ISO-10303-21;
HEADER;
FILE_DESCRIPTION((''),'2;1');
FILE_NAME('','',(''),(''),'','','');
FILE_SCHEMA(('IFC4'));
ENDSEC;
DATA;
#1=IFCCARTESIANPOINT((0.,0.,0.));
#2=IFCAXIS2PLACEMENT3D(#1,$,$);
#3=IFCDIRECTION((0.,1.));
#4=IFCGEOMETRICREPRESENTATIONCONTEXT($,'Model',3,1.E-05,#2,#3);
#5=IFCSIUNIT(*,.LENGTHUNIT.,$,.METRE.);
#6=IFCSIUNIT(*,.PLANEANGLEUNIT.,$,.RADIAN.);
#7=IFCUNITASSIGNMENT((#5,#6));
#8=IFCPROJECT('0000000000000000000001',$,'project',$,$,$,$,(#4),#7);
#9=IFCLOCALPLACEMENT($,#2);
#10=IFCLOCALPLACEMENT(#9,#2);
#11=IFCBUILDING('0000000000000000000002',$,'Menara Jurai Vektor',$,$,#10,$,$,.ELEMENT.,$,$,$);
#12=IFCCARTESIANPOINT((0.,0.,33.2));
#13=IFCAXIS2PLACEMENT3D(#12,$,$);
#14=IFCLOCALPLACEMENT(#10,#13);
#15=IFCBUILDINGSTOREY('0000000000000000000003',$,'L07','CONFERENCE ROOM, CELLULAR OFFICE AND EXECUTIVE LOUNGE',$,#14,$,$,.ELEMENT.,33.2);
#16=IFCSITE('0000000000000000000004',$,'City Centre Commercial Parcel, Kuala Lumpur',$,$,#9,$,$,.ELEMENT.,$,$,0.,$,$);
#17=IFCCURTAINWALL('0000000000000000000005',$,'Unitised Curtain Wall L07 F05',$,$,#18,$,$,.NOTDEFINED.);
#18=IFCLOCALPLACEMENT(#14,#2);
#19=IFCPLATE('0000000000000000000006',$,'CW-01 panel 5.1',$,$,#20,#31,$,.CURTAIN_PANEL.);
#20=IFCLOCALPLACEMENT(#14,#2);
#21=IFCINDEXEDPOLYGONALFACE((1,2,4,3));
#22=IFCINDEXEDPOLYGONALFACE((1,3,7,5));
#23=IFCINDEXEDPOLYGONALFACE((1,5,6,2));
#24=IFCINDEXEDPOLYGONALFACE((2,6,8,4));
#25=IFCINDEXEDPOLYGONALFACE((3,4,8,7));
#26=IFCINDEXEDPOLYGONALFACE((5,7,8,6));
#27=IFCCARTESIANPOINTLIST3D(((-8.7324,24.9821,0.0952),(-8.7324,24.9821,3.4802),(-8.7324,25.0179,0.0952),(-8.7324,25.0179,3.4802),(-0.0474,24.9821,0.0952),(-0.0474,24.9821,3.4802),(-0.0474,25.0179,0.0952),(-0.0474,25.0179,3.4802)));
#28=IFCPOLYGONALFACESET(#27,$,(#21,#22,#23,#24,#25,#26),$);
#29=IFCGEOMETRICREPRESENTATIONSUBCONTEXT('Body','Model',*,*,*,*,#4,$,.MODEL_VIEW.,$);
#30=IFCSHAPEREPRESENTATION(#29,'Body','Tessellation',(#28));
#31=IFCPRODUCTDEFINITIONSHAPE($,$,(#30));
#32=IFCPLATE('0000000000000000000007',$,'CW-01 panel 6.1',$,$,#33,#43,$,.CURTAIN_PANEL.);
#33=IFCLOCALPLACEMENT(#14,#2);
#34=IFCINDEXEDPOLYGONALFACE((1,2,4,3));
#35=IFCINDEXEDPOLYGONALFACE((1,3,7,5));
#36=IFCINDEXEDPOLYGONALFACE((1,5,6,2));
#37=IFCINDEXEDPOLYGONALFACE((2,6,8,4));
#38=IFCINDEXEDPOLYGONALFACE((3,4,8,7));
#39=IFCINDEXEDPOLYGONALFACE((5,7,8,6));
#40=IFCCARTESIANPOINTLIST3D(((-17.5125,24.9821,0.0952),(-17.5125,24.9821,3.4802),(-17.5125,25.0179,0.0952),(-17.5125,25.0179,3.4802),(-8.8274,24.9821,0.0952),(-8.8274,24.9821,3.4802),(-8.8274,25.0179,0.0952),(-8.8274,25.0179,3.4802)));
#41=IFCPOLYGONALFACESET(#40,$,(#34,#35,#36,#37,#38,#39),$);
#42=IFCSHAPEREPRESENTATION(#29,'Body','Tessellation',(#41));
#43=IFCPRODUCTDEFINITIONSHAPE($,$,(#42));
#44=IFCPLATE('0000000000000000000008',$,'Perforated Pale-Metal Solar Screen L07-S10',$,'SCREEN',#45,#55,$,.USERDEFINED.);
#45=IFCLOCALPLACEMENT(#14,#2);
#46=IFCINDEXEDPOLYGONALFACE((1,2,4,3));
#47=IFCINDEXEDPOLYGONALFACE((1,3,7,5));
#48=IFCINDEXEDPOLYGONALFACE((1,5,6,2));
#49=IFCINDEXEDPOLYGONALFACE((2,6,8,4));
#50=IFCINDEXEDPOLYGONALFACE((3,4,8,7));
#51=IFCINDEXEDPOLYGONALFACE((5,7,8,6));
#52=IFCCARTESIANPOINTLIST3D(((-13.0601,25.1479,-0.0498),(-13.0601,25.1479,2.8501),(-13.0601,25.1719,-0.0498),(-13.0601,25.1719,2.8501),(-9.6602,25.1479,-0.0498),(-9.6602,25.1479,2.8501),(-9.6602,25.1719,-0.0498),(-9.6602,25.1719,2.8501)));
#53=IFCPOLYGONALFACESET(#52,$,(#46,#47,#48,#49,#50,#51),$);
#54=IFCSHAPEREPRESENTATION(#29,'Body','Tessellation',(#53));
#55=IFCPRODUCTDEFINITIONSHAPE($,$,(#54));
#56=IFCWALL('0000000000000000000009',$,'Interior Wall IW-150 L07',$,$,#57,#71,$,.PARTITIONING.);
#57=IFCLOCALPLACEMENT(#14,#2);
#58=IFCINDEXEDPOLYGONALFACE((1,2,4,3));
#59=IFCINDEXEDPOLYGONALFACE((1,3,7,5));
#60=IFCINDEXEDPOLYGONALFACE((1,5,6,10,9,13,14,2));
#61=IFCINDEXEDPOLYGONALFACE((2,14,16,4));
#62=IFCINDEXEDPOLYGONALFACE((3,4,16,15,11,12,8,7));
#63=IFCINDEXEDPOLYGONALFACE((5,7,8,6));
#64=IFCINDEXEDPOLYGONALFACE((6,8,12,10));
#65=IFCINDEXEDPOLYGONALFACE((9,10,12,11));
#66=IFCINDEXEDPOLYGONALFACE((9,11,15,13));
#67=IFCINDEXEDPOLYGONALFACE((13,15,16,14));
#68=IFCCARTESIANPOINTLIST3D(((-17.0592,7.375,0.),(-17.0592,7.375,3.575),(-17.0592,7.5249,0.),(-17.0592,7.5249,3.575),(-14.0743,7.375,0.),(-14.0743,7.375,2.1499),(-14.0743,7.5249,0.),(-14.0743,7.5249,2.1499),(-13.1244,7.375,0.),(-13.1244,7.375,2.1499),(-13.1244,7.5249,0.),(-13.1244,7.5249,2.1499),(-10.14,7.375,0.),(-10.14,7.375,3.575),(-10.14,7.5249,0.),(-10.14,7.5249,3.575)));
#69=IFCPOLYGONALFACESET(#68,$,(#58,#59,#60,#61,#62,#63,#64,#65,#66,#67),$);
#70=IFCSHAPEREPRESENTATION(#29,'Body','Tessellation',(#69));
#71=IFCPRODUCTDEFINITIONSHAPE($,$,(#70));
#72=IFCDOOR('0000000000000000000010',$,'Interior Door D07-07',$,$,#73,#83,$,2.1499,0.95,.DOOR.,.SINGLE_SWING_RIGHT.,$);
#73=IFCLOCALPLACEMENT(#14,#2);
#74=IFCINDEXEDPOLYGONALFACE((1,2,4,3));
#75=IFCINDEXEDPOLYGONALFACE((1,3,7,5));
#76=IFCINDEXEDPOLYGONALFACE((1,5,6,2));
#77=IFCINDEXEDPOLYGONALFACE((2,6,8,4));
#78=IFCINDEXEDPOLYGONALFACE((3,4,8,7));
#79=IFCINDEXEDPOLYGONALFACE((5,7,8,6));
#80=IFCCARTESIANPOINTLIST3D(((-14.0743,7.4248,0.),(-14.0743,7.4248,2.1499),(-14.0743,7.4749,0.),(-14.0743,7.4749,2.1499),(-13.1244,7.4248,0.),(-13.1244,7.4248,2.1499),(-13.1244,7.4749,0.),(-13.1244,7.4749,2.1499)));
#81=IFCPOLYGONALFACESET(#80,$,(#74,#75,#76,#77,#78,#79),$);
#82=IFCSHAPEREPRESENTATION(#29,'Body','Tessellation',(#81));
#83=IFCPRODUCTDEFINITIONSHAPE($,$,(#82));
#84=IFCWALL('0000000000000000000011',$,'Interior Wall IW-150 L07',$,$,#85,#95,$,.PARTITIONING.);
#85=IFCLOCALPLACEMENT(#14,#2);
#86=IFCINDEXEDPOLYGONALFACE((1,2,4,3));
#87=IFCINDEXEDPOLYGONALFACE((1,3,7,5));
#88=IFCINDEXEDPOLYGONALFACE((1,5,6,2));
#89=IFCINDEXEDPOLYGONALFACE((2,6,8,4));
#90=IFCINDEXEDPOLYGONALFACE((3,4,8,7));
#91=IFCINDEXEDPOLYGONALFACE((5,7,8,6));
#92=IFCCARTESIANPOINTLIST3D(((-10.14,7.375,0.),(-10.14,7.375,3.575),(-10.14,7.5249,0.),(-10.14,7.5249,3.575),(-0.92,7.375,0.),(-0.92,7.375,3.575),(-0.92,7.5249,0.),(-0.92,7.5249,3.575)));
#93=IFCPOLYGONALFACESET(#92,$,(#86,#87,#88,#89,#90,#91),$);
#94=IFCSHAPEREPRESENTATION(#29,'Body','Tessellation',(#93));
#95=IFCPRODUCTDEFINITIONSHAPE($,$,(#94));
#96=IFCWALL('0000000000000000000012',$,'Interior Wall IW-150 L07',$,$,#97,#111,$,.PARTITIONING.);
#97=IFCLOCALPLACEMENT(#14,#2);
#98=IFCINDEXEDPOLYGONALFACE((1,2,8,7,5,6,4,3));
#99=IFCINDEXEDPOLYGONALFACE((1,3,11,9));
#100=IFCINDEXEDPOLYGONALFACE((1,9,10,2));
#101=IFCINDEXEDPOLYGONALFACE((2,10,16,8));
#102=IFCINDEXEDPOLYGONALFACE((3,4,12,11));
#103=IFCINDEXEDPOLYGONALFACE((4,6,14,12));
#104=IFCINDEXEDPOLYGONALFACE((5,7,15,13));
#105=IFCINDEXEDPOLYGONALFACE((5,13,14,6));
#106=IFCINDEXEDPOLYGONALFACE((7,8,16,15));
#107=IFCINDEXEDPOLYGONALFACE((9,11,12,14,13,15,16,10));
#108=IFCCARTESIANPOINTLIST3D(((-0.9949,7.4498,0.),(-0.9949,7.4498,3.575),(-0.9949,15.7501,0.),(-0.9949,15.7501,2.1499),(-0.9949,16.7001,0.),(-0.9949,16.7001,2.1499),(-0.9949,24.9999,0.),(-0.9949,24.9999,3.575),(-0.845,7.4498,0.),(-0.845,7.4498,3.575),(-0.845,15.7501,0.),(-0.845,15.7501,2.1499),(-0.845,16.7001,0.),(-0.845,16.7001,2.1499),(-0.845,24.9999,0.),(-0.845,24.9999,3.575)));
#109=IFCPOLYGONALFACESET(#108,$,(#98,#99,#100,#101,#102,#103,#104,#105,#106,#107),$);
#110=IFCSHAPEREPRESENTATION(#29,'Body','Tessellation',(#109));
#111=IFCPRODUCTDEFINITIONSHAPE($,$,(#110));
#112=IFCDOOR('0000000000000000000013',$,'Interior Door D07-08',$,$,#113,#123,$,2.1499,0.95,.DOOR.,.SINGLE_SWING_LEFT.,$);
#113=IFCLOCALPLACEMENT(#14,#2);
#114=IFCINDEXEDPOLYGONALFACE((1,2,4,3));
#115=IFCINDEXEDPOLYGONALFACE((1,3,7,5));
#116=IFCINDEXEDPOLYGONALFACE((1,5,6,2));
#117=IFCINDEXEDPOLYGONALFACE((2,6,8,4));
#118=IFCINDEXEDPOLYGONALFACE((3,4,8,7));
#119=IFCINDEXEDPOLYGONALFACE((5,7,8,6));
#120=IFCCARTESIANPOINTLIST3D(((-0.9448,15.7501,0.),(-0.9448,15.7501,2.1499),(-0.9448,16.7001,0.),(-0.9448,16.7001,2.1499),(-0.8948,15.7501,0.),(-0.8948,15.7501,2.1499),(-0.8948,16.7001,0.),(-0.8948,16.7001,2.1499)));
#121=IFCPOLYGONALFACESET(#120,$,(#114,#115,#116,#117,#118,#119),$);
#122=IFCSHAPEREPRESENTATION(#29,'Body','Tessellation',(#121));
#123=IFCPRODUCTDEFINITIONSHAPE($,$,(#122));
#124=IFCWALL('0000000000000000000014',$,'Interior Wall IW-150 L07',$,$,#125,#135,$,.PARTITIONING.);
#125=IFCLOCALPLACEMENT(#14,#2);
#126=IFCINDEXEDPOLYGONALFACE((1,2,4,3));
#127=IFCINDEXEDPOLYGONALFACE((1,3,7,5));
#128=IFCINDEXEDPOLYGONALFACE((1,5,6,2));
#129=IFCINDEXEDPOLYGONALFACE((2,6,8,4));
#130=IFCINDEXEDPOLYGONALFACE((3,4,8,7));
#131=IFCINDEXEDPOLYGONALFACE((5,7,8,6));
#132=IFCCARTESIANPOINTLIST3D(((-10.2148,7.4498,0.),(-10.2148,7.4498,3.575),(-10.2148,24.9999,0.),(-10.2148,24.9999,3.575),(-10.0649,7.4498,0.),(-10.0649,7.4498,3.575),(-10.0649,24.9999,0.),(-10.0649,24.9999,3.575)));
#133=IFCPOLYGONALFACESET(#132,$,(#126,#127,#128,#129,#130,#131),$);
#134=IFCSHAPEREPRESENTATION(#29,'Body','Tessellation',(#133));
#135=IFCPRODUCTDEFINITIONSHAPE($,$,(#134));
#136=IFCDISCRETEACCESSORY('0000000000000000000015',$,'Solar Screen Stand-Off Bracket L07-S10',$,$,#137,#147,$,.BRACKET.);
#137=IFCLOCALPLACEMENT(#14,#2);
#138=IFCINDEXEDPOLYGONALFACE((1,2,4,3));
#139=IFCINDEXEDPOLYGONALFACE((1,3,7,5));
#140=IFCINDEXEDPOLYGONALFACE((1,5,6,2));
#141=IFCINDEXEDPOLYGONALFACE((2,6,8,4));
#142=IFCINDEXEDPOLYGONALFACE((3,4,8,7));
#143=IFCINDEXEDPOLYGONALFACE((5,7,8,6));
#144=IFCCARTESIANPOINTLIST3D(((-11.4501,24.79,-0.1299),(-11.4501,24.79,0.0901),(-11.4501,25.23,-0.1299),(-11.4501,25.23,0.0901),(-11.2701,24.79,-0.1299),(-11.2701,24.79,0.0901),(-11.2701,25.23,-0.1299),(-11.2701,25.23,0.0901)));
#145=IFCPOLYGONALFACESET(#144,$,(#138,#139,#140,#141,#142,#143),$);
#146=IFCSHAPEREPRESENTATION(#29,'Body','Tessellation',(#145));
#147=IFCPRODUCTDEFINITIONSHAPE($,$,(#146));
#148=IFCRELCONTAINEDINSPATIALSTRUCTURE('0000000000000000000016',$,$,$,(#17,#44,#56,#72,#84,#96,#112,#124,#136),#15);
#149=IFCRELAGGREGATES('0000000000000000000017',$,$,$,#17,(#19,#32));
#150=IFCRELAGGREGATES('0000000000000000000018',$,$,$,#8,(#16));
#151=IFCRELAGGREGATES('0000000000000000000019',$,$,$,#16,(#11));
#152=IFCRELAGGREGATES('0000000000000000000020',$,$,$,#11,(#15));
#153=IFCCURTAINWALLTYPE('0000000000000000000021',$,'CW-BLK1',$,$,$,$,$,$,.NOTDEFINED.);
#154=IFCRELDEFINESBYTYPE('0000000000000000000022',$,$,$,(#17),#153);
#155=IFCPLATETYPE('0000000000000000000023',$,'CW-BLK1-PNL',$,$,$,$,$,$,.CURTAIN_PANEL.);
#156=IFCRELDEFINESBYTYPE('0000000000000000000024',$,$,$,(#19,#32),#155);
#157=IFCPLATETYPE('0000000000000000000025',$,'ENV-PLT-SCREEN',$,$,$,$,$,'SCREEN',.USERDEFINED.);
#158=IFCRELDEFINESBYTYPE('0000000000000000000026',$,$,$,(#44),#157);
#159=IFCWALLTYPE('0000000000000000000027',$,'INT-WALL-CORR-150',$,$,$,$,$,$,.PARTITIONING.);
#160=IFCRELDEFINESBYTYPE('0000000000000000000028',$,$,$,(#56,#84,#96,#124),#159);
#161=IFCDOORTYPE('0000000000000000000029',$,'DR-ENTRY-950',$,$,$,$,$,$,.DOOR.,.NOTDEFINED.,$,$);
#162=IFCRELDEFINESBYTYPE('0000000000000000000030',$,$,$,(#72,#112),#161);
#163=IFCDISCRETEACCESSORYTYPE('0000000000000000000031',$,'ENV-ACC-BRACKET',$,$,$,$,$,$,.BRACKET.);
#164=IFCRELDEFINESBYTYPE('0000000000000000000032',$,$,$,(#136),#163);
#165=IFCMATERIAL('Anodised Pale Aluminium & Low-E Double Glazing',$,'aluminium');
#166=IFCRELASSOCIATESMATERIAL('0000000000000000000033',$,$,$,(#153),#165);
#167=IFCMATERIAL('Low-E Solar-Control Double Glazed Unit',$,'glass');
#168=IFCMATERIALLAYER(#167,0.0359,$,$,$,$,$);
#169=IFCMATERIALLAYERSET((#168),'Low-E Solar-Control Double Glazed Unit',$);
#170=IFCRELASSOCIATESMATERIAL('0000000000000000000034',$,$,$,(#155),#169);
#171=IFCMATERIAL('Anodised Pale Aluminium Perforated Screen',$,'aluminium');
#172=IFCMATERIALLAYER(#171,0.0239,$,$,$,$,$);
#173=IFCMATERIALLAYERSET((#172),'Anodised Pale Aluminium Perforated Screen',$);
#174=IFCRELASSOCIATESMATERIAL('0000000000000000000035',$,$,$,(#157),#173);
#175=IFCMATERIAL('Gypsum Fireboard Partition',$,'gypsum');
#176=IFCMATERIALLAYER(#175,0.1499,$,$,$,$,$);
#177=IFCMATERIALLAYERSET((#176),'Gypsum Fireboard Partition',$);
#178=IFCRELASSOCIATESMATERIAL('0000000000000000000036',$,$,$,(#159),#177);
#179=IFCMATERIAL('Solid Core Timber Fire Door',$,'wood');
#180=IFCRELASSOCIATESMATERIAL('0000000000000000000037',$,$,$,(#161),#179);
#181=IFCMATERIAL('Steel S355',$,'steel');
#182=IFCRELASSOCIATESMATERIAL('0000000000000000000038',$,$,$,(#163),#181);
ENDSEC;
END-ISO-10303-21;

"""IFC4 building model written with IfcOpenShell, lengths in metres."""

from ifc_helpers import new_model, si_unit, direction, frame, frame_2d, origin, origin_2d, place, context, subcontext, project, spatial, rectangle, extrude, material, layer, layer_set, type_object, element, fill, aggregate, save


model = new_model("IFC4")

# Units and contexts
model_context = context("Model", 3, precision=1e-05, world=origin(), true_north=direction((0.0, 1.0)))
body_context = subcontext(model_context, "Body", "Model", "MODEL_VIEW")
ifc_project = project(units=[si_unit("LENGTHUNIT", "METRE"), si_unit("PLANEANGLEUNIT", "RADIAN")], contexts=[model_context])

# Site, building, storey
site_placement = place(None, origin())
site = spatial("IfcSite", under=ifc_project, at=site_placement, Name="City Centre Commercial Parcel, Kuala Lumpur", CompositionType="ELEMENT", RefElevation=0.0)
building_placement = place(site_placement, origin())
building = spatial("IfcBuilding", under=site, at=building_placement, Name="Menara Jurai Vektor", CompositionType="ELEMENT")
storey_placement = place(building_placement, frame((0.0, 0.0, 33.2)))
storey = spatial("IfcBuildingStorey", under=building, at=storey_placement, Name="L07", Description="CONFERENCE ROOM, CELLULAR OFFICE AND EXECUTIVE LOUNGE", CompositionType="ELEMENT", Elevation=33.2)

# Curtain wall
ifc_material_1 = material(Name="Anodised Pale Aluminium & Low-E Double Glazing", Category="aluminium")
curtain_wall_type = type_object("IfcCurtainWallType", Name="CW-BLK1", PredefinedType="NOTDEFINED", material=ifc_material_1)
curtain_wall_placement = place(storey_placement, origin())
curtain_wall = element("IfcCurtainWall", 1, at=curtain_wall_placement, inside=storey, type_object=curtain_wall_type, Name="Unitised Curtain Wall L07 F05", PredefinedType="NOTDEFINED")

# Shared definitions
ifc_material_2 = material(Name="Steel S355", Category="steel")

# Plates
ifc_material_3 = material(Name="Low-E Solar-Control Double Glazed Unit", Category="glass")
ifc_layer_1 = layer(ifc_material_3, 0.0359)
ifc_layer_set_1 = layer_set([ifc_layer_1], Name="Low-E Solar-Control Double Glazed Unit")
plate_type_1 = type_object("IfcPlateType", Name="CW-BLK1-PNL", PredefinedType="CURTAIN_PANEL", material=ifc_layer_set_1)
plate_1_placement = place(storey_placement, frame((-4.3899, 25.0, 0.0952), z_axis=(0.0, 0.0, 1.0), x_axis=(-1.0, 0.0, 0.0)))
plate_1 = element("IfcPlate", 2, at=plate_1_placement, type_object=plate_type_1, Name="CW-01 panel 5.1", PredefinedType="CURTAIN_PANEL", context=body_context, shape_type="SweptSolid", body=[
    extrude(rectangle(XDim=8.6851, YDim=0.0359, at=origin_2d()), origin(), (0.0, 0.0, 1.0), 3.385),
])
plate_2_placement = place(storey_placement, frame((-13.1699, 25.0, 0.0952), z_axis=(0.0, 0.0, 1.0), x_axis=(-1.0, 0.0, 0.0)))
plate_2 = element("IfcPlate", 3, at=plate_2_placement, type_object=plate_type_1, Name="CW-01 panel 6.1", PredefinedType="CURTAIN_PANEL", context=body_context, shape_type="SweptSolid", body=[
    extrude(rectangle(XDim=8.6851, YDim=0.0359, at=origin_2d()), origin(), (0.0, 0.0, 1.0), 3.385),
])
aggregate(curtain_wall, [plate_1, plate_2])
ifc_material_4 = material(Name="Anodised Pale Aluminium Perforated Screen", Category="aluminium")
ifc_layer_2 = layer(ifc_material_4, 0.0239)
ifc_layer_set_2 = layer_set([ifc_layer_2], Name="Anodised Pale Aluminium Perforated Screen")
plate_type_2 = type_object("IfcPlateType", Name="ENV-PLT-SCREEN", ElementType="SCREEN", PredefinedType="USERDEFINED", material=ifc_layer_set_2)
plate_3_placement = place(storey_placement, frame((-11.3601, 25.1599, -0.0498), z_axis=(0.0, 0.0, 1.0), x_axis=(-1.0, 0.0, 0.0)))
element("IfcPlate", 4, at=plate_3_placement, inside=storey, type_object=plate_type_2, Name="Perforated Pale-Metal Solar Screen L07-S10", ObjectType="SCREEN", PredefinedType="USERDEFINED", context=body_context, shape_type="SweptSolid", body=[
    extrude(rectangle(XDim=3.3999, YDim=0.0239, at=origin_2d()), origin(), (0.0, 0.0, 1.0), 2.8999),
])

# Wall, opening, door
ifc_material_5 = material(Name="Gypsum Fireboard Partition", Category="gypsum")
ifc_layer_3 = layer(ifc_material_5, 0.1499)
ifc_layer_set_3 = layer_set([ifc_layer_3], Name="Gypsum Fireboard Partition")
wall_type = type_object("IfcWallType", Name="INT-WALL-CORR-150", PredefinedType="PARTITIONING", material=ifc_layer_set_3)
wall_1_placement = place(storey_placement, frame((-17.0591, 7.45, 0.0), z_axis=(0.0, 0.0, 1.0), x_axis=(1.0, 0.0, 0.0)))
wall_1 = element("IfcWall", 5, at=wall_1_placement, inside=storey, type_object=wall_type, Name="Interior Wall IW-150 L07", PredefinedType="PARTITIONING", context=body_context, shape_type="SweptSolid", body=[
    extrude(rectangle(XDim=6.9192, YDim=0.1499, at=frame_2d((3.4595, 0.0))), origin(), (0.0, 0.0, 1.0), 3.575),
])
opening_1_placement = place(wall_1_placement, frame((2.9846, 0.0, 0.0)))
opening_1 = element("IfcOpeningElement", 6, at=opening_1_placement, cuts=wall_1, PredefinedType="OPENING", context=body_context, shape_type="SweptSolid", body=[
    extrude(rectangle(XDim=0.95, YDim=2.1499, at=frame_2d((0.4751, 1.075))), frame((0.0, 0.085, 0.0), z_axis=(0.0, -1.0, 0.0), x_axis=(1.0, 0.0, 0.0)), (0.0, 0.0, 1.0), 0.1699),
])
ifc_material_6 = material(Name="Solid Core Timber Fire Door", Category="wood")
door_type = type_object("IfcDoorType", Name="DR-ENTRY-950", OperationType="NOTDEFINED", PredefinedType="DOOR", material=ifc_material_6)
door_1_placement = place(opening_1_placement, origin())
door_1 = element("IfcDoor", 7, at=door_1_placement, inside=storey, type_object=door_type, Name="Interior Door D07-07", OperationType="SINGLE_SWING_RIGHT", OverallHeight=2.1499, OverallWidth=0.95, PredefinedType="DOOR", context=body_context, shape_type="SweptSolid", body=[
    extrude(rectangle(XDim=0.95, YDim=2.1499, at=frame_2d((0.4751, 1.075))), frame((0.0, 0.0249, 0.0), z_axis=(0.0, -1.0, 0.0), x_axis=(1.0, 0.0, 0.0)), (0.0, 0.0, 1.0), 0.05),
])
fill(opening_1, door_1)

# Wall
wall_2_placement = place(storey_placement, frame((-10.1399, 7.45, 0.0), z_axis=(0.0, 0.0, 1.0), x_axis=(1.0, 0.0, 0.0)))
element("IfcWall", 8, at=wall_2_placement, inside=storey, type_object=wall_type, Name="Interior Wall IW-150 L07", PredefinedType="PARTITIONING", context=body_context, shape_type="SweptSolid", body=[
    extrude(rectangle(XDim=9.22, YDim=0.1499, at=frame_2d((4.6099, 0.0))), origin(), (0.0, 0.0, 1.0), 3.575),
])

# Wall, opening, door
wall_3_placement = place(storey_placement, frame((-0.9199, 7.45, 0.0), z_axis=(0.0, 0.0, 1.0), x_axis=(0.0, 1.0, 0.0)))
wall_3 = element("IfcWall", 9, at=wall_3_placement, inside=storey, type_object=wall_type, Name="Interior Wall IW-150 L07", PredefinedType="PARTITIONING", context=body_context, shape_type="SweptSolid", body=[
    extrude(rectangle(XDim=17.55, YDim=0.1499, at=frame_2d((8.7749, 0.0))), origin(), (0.0, 0.0, 1.0), 3.575),
])
opening_2_placement = place(wall_3_placement, frame((8.3, 0.0, 0.0)))
opening_2 = element("IfcOpeningElement", 10, at=opening_2_placement, cuts=wall_3, PredefinedType="OPENING", context=body_context, shape_type="SweptSolid", body=[
    extrude(rectangle(XDim=0.95, YDim=2.1499, at=frame_2d((0.4751, 1.075))), frame((0.0, 0.085, 0.0), z_axis=(0.0, -1.0, 0.0), x_axis=(1.0, 0.0, 0.0)), (0.0, 0.0, 1.0), 0.1699),
])
door_2_placement = place(opening_2_placement, origin())
door_2 = element("IfcDoor", 11, at=door_2_placement, inside=storey, type_object=door_type, Name="Interior Door D07-08", OperationType="SINGLE_SWING_LEFT", OverallHeight=2.1499, OverallWidth=0.95, PredefinedType="DOOR", context=body_context, shape_type="SweptSolid", body=[
    extrude(rectangle(XDim=0.95, YDim=2.1499, at=frame_2d((0.4751, 1.075))), frame((0.0, 0.0249, 0.0), z_axis=(0.0, -1.0, 0.0), x_axis=(1.0, 0.0, 0.0)), (0.0, 0.0, 1.0), 0.05),
])
fill(opening_2, door_2)

# Wall
wall_4_placement = place(storey_placement, frame((-10.1399, 7.45, 0.0), z_axis=(0.0, 0.0, 1.0), x_axis=(0.0, 1.0, 0.0)))
element("IfcWall", 12, at=wall_4_placement, inside=storey, type_object=wall_type, Name="Interior Wall IW-150 L07", PredefinedType="PARTITIONING", context=body_context, shape_type="SweptSolid", body=[
    extrude(rectangle(XDim=17.55, YDim=0.1499, at=frame_2d((8.7749, 0.0))), origin(), (0.0, 0.0, 1.0), 3.575),
])

# Discrete accessory
discrete_accessory_type = type_object("IfcDiscreteAccessoryType", Name="ENV-ACC-BRACKET", PredefinedType="BRACKET", material=ifc_material_2)
discrete_accessory_placement = place(storey_placement, frame((-11.3601, 25.01, -0.1299), z_axis=(0.0, 0.0, 1.0), x_axis=(-1.0, 0.0, 0.0)))
element("IfcDiscreteAccessory", 13, at=discrete_accessory_placement, inside=storey, type_object=discrete_accessory_type, Name="Solar Screen Stand-Off Bracket L07-S10", PredefinedType="BRACKET", context=body_context, shape_type="SweptSolid", body=[
    extrude(rectangle(XDim=0.1799, YDim=0.4399, at=origin_2d()), origin(), (0.0, 0.0, 1.0), 0.22),
])

save(model, "model.ifc")
